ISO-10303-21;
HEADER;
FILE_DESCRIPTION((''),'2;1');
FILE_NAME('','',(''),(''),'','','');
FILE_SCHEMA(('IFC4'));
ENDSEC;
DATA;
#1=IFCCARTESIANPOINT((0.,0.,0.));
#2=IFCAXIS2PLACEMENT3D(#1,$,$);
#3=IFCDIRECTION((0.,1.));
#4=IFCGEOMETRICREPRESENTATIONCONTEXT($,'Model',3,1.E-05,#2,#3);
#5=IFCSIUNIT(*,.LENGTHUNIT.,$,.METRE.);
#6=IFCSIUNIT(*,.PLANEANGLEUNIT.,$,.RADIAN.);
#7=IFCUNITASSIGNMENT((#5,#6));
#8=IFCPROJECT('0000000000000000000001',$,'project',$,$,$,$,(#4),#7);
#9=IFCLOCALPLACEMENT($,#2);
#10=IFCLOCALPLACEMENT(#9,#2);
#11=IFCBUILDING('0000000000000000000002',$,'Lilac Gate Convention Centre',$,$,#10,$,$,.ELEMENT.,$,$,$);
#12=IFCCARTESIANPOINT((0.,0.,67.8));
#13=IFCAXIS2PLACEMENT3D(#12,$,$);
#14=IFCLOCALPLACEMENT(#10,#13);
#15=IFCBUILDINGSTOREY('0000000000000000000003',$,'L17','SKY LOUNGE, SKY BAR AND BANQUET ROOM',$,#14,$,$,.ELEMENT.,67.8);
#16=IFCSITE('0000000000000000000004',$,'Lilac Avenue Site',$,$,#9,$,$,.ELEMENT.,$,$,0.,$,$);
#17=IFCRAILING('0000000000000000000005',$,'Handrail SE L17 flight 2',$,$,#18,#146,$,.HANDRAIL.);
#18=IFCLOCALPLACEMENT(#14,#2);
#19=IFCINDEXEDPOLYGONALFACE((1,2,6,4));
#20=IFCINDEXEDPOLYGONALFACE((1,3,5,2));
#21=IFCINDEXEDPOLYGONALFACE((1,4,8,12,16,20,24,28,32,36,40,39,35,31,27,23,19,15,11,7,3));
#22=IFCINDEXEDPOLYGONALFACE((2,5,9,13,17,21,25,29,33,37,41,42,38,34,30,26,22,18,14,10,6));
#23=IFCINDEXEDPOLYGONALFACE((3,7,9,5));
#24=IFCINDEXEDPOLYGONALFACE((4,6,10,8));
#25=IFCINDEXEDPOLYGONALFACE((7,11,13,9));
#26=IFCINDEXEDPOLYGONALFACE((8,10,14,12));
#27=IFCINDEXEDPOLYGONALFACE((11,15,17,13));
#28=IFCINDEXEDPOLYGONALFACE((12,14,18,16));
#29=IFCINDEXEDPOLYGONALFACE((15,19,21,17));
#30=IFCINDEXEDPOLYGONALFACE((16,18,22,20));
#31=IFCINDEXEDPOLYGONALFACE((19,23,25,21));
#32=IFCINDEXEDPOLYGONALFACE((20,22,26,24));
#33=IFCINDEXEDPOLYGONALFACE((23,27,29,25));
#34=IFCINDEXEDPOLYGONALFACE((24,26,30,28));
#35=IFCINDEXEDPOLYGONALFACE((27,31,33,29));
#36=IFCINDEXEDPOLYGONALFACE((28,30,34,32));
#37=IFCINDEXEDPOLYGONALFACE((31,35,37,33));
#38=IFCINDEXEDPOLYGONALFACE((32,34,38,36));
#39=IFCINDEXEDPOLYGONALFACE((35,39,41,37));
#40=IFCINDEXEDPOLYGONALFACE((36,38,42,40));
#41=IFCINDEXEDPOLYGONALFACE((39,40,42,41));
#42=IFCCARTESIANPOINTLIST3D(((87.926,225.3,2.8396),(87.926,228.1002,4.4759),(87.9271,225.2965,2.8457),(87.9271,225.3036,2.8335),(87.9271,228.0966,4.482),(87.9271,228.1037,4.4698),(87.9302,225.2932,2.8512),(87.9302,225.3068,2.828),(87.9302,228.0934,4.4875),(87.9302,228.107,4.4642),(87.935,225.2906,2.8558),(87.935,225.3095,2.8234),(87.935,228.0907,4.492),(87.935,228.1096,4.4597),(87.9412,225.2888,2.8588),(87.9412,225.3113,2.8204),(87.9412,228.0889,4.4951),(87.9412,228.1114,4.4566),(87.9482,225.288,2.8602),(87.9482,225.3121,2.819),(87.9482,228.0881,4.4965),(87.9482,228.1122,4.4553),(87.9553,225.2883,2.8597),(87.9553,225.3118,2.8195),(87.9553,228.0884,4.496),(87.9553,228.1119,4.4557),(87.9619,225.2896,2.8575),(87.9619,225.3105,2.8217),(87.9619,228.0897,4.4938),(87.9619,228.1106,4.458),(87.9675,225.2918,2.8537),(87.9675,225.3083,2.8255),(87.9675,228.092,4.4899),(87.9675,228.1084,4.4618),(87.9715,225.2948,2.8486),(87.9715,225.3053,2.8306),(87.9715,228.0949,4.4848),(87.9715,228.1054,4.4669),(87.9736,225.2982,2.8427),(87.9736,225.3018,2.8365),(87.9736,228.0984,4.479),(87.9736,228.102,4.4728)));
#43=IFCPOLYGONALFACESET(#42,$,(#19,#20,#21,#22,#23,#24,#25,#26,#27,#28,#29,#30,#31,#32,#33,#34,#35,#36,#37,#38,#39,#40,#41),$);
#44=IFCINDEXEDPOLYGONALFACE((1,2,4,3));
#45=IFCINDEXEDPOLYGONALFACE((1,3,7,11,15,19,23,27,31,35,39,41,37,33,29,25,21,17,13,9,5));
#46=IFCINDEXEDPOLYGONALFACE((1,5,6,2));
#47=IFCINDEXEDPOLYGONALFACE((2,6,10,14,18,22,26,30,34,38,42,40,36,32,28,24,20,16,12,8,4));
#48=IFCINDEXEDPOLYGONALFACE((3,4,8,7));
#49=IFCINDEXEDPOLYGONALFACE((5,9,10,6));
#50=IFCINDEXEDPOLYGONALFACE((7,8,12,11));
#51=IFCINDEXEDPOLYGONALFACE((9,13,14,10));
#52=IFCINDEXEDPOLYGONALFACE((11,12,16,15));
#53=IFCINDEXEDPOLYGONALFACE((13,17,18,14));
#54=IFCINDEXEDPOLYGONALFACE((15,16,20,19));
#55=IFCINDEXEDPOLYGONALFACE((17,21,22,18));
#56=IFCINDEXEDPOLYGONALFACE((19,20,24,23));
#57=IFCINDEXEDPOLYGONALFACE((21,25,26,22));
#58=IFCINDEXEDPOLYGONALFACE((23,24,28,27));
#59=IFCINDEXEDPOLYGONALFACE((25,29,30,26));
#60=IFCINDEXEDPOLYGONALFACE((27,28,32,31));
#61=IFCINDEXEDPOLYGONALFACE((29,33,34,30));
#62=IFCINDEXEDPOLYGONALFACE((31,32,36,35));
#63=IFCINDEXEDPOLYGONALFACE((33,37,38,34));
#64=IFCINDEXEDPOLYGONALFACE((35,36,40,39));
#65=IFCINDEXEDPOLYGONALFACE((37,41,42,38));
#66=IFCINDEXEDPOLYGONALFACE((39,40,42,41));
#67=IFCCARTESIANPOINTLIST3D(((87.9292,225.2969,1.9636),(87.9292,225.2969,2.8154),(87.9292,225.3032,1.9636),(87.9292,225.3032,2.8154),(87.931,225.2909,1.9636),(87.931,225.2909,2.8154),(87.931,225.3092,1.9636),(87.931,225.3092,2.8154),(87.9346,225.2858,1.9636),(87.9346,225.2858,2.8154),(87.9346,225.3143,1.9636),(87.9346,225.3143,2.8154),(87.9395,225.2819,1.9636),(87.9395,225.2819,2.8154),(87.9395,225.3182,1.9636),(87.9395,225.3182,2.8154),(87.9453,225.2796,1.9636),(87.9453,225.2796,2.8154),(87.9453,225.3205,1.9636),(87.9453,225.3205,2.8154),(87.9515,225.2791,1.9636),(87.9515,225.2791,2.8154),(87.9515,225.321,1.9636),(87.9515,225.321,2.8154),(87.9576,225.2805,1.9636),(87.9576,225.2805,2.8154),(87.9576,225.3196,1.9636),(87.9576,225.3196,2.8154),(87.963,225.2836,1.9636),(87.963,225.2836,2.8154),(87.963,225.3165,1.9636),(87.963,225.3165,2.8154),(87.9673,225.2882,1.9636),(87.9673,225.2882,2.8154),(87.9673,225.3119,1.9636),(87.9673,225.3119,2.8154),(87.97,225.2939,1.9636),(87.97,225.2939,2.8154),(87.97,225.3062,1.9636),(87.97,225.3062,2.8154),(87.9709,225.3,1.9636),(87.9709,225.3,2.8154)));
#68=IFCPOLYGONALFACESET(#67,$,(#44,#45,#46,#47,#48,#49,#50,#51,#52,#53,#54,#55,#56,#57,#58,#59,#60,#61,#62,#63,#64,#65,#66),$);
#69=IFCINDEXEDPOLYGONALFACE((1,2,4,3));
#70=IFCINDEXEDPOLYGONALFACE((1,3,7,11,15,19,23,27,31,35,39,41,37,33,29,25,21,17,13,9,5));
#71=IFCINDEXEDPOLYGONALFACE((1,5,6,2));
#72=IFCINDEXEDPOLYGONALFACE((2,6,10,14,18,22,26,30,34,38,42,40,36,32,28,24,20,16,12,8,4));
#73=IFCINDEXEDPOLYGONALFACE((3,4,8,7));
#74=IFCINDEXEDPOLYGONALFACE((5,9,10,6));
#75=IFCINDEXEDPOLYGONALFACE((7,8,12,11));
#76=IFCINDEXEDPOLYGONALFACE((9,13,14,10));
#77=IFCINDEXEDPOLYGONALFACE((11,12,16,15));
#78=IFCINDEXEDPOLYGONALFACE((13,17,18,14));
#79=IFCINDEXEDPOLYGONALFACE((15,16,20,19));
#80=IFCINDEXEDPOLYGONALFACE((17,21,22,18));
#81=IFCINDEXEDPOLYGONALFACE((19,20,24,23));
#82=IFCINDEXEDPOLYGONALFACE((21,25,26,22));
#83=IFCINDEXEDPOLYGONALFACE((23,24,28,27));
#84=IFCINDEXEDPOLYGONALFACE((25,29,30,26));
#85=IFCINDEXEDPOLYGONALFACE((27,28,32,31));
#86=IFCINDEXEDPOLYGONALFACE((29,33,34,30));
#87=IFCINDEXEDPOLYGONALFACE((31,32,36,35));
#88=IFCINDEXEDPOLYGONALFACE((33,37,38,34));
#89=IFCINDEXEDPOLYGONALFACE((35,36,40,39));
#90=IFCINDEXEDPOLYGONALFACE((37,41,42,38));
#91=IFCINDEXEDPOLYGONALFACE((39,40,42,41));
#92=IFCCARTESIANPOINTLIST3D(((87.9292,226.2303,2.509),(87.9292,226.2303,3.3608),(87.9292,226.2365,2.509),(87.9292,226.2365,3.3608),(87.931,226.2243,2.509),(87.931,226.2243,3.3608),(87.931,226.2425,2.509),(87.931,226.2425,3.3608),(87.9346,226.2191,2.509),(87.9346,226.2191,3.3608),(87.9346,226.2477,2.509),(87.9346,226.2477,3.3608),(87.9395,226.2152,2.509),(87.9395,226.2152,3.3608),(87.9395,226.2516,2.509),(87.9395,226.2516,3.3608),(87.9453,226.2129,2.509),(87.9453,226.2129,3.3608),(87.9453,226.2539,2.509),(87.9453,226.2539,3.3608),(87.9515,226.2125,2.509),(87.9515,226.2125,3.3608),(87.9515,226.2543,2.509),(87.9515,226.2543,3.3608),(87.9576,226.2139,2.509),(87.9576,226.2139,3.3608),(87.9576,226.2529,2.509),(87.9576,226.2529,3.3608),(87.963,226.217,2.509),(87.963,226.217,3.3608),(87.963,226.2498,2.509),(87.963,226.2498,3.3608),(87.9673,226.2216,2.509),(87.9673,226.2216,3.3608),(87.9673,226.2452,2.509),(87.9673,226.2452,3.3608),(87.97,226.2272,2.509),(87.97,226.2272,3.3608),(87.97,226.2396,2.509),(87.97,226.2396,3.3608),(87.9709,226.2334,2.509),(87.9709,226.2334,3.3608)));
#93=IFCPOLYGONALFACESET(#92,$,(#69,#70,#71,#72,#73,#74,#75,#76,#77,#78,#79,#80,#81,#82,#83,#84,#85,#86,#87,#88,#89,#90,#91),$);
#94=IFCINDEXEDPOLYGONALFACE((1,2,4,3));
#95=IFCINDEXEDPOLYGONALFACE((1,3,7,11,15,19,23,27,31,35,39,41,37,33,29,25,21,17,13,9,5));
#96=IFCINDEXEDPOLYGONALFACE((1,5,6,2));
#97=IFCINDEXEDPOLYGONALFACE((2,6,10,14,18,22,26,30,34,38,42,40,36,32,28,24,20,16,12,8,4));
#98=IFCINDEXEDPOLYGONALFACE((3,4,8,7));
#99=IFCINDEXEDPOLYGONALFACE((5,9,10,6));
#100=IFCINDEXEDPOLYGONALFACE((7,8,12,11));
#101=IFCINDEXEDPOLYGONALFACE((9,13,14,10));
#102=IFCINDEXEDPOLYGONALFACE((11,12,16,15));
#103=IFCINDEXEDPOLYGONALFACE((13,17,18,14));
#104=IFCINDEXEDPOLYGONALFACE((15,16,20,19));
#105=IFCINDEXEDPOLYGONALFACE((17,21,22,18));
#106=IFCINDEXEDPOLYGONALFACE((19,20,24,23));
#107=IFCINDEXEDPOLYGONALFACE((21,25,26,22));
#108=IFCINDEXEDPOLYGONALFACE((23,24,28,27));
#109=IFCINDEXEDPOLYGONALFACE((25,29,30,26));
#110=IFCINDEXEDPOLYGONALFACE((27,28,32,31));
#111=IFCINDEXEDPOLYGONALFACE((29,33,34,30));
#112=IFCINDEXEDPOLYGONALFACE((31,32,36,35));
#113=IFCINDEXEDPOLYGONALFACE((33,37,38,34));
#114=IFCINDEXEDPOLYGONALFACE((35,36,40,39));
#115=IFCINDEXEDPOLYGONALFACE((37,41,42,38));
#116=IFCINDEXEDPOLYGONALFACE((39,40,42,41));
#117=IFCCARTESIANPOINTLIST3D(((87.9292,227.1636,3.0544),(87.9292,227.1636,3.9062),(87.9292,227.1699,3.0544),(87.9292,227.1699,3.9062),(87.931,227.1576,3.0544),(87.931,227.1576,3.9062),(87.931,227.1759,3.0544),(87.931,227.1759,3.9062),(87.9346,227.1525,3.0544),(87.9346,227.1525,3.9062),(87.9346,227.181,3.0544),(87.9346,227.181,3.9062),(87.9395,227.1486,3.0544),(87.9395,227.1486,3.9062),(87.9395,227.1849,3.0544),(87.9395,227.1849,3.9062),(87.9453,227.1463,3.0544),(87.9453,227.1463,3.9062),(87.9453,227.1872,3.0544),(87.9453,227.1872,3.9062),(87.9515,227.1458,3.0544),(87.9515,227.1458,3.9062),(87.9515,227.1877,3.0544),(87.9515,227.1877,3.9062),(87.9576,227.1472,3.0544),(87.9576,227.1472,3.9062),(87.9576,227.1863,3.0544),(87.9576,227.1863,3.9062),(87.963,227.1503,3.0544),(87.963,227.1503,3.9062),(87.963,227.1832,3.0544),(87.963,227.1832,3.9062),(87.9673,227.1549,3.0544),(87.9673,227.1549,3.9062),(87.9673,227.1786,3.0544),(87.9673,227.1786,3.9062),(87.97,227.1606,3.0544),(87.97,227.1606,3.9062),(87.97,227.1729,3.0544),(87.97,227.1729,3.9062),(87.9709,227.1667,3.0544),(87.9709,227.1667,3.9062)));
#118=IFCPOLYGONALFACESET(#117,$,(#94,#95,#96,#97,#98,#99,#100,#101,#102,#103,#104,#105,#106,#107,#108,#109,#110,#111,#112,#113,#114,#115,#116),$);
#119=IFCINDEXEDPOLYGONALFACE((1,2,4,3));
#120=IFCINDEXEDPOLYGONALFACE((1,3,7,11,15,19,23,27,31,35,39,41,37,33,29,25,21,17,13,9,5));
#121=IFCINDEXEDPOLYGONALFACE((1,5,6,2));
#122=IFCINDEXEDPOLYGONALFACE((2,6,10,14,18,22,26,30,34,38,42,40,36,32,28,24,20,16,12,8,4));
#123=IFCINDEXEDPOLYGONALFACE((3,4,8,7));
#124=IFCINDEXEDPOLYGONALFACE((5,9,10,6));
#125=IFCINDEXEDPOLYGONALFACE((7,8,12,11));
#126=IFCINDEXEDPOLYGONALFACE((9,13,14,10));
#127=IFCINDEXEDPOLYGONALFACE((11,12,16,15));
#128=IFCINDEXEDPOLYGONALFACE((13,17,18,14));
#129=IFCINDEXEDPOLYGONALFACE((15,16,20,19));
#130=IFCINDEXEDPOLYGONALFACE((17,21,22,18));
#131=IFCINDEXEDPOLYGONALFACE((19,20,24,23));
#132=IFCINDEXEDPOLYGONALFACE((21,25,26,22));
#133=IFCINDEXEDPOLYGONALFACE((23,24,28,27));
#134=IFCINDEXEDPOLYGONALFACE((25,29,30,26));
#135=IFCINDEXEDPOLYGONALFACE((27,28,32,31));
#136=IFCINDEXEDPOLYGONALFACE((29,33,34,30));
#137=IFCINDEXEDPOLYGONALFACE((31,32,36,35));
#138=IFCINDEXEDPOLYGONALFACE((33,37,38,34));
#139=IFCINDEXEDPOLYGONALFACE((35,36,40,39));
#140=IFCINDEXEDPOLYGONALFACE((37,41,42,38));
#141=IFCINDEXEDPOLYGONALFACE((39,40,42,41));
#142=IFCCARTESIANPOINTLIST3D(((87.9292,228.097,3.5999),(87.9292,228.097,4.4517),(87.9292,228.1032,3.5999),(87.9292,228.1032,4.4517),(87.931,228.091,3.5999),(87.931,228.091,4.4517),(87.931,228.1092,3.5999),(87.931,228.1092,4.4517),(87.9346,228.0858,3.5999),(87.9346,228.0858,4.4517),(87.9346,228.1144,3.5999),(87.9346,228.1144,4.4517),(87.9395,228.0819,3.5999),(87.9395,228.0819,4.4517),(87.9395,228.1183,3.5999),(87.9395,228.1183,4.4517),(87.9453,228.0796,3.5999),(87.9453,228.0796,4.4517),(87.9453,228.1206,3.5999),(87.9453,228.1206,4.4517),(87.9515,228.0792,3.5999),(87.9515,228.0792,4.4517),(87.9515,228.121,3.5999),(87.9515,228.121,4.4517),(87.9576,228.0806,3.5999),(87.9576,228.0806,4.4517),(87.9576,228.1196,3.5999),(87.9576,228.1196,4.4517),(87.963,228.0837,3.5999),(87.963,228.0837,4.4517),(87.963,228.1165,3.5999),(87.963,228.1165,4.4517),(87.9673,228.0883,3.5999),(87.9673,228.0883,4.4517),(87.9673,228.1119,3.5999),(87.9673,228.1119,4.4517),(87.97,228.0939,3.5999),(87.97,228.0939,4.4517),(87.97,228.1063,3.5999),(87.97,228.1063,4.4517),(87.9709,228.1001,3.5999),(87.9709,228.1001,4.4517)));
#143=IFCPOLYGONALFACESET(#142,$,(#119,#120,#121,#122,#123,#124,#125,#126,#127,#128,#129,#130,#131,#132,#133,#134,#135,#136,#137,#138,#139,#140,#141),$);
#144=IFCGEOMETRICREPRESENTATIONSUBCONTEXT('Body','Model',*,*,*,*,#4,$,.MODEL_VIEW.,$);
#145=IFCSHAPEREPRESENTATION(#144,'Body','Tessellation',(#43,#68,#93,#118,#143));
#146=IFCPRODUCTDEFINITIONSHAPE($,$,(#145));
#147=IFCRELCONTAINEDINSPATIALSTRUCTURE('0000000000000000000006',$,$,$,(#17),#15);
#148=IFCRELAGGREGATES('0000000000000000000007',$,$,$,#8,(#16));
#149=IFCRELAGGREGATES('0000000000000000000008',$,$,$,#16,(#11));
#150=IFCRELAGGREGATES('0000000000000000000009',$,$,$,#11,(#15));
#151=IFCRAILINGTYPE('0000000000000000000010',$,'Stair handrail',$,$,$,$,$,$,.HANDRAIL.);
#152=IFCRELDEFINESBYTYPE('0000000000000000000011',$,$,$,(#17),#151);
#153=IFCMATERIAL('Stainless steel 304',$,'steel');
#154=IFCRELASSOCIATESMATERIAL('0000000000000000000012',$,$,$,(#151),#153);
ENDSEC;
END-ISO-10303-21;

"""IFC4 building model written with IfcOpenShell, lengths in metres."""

from ifc_helpers import new_model, si_unit, direction, frame, origin, origin_2d, place, context, subcontext, project, spatial, circle, extrude, material, type_object, element, save


model = new_model("IFC4")

# Units and contexts
model_context = context("Model", 3, precision=1e-05, world=origin(), true_north=direction((0.0, 1.0)))
body_context = subcontext(model_context, "Body", "Model", "MODEL_VIEW")
ifc_project = project(units=[si_unit("LENGTHUNIT", "METRE"), si_unit("PLANEANGLEUNIT", "RADIAN")], contexts=[model_context])

# Site, building, storey
site_placement = place(None, origin())
site = spatial("IfcSite", under=ifc_project, at=site_placement, Name="Lilac Avenue Site", CompositionType="ELEMENT", RefElevation=0.0)
building_placement = place(site_placement, origin())
building = spatial("IfcBuilding", under=site, at=building_placement, Name="Lilac Gate Convention Centre", CompositionType="ELEMENT")
storey_placement = place(building_placement, frame((0.0, 0.0, 67.8)))
storey = spatial("IfcBuildingStorey", under=building, at=storey_placement, Name="L17", Description="SKY LOUNGE, SKY BAR AND BANQUET ROOM", CompositionType="ELEMENT", Elevation=67.8)

# Railing
ifc_material_1 = material(Name="Stainless steel 304", Category="steel")
railing_type = type_object("IfcRailingType", Name="Stair handrail", PredefinedType="HANDRAIL", material=ifc_material_1)
for number, where, name in (
    (1, (87.95, 225.3, 1.9636), "Handrail SE L17 flight 2"),
):
    element("IfcRailing", number, at=place(storey_placement, frame(where)), inside=storey, type_object=railing_type, Name=name, PredefinedType="HANDRAIL", context=body_context, shape_type="SweptSolid", body=[
        extrude(circle(Radius=0.0239, at=origin_2d()), frame((0.0, 0.0, 0.876), z_axis=(0.0, 0.863394, 0.504531), x_axis=(-1.0, 0.0, 0.0)), (0.0, 0.0, 1.0), 3.2432),
        extrude(circle(Radius=0.021, at=origin_2d()), origin(), (0.0, 0.0, 1.0), 0.8518),
        extrude(circle(Radius=0.021, at=origin_2d()), frame((0.0, 0.9333, 0.5454)), (0.0, 0.0, 1.0), 0.8518),
        extrude(circle(Radius=0.021, at=origin_2d()), frame((0.0, 1.8667, 1.0908)), (0.0, 0.0, 1.0), 0.8518),
        extrude(circle(Radius=0.021, at=origin_2d()), frame((0.0, 2.8, 1.6362)), (0.0, 0.0, 1.0), 0.8518),
    ])

save(model, "model.ifc")
